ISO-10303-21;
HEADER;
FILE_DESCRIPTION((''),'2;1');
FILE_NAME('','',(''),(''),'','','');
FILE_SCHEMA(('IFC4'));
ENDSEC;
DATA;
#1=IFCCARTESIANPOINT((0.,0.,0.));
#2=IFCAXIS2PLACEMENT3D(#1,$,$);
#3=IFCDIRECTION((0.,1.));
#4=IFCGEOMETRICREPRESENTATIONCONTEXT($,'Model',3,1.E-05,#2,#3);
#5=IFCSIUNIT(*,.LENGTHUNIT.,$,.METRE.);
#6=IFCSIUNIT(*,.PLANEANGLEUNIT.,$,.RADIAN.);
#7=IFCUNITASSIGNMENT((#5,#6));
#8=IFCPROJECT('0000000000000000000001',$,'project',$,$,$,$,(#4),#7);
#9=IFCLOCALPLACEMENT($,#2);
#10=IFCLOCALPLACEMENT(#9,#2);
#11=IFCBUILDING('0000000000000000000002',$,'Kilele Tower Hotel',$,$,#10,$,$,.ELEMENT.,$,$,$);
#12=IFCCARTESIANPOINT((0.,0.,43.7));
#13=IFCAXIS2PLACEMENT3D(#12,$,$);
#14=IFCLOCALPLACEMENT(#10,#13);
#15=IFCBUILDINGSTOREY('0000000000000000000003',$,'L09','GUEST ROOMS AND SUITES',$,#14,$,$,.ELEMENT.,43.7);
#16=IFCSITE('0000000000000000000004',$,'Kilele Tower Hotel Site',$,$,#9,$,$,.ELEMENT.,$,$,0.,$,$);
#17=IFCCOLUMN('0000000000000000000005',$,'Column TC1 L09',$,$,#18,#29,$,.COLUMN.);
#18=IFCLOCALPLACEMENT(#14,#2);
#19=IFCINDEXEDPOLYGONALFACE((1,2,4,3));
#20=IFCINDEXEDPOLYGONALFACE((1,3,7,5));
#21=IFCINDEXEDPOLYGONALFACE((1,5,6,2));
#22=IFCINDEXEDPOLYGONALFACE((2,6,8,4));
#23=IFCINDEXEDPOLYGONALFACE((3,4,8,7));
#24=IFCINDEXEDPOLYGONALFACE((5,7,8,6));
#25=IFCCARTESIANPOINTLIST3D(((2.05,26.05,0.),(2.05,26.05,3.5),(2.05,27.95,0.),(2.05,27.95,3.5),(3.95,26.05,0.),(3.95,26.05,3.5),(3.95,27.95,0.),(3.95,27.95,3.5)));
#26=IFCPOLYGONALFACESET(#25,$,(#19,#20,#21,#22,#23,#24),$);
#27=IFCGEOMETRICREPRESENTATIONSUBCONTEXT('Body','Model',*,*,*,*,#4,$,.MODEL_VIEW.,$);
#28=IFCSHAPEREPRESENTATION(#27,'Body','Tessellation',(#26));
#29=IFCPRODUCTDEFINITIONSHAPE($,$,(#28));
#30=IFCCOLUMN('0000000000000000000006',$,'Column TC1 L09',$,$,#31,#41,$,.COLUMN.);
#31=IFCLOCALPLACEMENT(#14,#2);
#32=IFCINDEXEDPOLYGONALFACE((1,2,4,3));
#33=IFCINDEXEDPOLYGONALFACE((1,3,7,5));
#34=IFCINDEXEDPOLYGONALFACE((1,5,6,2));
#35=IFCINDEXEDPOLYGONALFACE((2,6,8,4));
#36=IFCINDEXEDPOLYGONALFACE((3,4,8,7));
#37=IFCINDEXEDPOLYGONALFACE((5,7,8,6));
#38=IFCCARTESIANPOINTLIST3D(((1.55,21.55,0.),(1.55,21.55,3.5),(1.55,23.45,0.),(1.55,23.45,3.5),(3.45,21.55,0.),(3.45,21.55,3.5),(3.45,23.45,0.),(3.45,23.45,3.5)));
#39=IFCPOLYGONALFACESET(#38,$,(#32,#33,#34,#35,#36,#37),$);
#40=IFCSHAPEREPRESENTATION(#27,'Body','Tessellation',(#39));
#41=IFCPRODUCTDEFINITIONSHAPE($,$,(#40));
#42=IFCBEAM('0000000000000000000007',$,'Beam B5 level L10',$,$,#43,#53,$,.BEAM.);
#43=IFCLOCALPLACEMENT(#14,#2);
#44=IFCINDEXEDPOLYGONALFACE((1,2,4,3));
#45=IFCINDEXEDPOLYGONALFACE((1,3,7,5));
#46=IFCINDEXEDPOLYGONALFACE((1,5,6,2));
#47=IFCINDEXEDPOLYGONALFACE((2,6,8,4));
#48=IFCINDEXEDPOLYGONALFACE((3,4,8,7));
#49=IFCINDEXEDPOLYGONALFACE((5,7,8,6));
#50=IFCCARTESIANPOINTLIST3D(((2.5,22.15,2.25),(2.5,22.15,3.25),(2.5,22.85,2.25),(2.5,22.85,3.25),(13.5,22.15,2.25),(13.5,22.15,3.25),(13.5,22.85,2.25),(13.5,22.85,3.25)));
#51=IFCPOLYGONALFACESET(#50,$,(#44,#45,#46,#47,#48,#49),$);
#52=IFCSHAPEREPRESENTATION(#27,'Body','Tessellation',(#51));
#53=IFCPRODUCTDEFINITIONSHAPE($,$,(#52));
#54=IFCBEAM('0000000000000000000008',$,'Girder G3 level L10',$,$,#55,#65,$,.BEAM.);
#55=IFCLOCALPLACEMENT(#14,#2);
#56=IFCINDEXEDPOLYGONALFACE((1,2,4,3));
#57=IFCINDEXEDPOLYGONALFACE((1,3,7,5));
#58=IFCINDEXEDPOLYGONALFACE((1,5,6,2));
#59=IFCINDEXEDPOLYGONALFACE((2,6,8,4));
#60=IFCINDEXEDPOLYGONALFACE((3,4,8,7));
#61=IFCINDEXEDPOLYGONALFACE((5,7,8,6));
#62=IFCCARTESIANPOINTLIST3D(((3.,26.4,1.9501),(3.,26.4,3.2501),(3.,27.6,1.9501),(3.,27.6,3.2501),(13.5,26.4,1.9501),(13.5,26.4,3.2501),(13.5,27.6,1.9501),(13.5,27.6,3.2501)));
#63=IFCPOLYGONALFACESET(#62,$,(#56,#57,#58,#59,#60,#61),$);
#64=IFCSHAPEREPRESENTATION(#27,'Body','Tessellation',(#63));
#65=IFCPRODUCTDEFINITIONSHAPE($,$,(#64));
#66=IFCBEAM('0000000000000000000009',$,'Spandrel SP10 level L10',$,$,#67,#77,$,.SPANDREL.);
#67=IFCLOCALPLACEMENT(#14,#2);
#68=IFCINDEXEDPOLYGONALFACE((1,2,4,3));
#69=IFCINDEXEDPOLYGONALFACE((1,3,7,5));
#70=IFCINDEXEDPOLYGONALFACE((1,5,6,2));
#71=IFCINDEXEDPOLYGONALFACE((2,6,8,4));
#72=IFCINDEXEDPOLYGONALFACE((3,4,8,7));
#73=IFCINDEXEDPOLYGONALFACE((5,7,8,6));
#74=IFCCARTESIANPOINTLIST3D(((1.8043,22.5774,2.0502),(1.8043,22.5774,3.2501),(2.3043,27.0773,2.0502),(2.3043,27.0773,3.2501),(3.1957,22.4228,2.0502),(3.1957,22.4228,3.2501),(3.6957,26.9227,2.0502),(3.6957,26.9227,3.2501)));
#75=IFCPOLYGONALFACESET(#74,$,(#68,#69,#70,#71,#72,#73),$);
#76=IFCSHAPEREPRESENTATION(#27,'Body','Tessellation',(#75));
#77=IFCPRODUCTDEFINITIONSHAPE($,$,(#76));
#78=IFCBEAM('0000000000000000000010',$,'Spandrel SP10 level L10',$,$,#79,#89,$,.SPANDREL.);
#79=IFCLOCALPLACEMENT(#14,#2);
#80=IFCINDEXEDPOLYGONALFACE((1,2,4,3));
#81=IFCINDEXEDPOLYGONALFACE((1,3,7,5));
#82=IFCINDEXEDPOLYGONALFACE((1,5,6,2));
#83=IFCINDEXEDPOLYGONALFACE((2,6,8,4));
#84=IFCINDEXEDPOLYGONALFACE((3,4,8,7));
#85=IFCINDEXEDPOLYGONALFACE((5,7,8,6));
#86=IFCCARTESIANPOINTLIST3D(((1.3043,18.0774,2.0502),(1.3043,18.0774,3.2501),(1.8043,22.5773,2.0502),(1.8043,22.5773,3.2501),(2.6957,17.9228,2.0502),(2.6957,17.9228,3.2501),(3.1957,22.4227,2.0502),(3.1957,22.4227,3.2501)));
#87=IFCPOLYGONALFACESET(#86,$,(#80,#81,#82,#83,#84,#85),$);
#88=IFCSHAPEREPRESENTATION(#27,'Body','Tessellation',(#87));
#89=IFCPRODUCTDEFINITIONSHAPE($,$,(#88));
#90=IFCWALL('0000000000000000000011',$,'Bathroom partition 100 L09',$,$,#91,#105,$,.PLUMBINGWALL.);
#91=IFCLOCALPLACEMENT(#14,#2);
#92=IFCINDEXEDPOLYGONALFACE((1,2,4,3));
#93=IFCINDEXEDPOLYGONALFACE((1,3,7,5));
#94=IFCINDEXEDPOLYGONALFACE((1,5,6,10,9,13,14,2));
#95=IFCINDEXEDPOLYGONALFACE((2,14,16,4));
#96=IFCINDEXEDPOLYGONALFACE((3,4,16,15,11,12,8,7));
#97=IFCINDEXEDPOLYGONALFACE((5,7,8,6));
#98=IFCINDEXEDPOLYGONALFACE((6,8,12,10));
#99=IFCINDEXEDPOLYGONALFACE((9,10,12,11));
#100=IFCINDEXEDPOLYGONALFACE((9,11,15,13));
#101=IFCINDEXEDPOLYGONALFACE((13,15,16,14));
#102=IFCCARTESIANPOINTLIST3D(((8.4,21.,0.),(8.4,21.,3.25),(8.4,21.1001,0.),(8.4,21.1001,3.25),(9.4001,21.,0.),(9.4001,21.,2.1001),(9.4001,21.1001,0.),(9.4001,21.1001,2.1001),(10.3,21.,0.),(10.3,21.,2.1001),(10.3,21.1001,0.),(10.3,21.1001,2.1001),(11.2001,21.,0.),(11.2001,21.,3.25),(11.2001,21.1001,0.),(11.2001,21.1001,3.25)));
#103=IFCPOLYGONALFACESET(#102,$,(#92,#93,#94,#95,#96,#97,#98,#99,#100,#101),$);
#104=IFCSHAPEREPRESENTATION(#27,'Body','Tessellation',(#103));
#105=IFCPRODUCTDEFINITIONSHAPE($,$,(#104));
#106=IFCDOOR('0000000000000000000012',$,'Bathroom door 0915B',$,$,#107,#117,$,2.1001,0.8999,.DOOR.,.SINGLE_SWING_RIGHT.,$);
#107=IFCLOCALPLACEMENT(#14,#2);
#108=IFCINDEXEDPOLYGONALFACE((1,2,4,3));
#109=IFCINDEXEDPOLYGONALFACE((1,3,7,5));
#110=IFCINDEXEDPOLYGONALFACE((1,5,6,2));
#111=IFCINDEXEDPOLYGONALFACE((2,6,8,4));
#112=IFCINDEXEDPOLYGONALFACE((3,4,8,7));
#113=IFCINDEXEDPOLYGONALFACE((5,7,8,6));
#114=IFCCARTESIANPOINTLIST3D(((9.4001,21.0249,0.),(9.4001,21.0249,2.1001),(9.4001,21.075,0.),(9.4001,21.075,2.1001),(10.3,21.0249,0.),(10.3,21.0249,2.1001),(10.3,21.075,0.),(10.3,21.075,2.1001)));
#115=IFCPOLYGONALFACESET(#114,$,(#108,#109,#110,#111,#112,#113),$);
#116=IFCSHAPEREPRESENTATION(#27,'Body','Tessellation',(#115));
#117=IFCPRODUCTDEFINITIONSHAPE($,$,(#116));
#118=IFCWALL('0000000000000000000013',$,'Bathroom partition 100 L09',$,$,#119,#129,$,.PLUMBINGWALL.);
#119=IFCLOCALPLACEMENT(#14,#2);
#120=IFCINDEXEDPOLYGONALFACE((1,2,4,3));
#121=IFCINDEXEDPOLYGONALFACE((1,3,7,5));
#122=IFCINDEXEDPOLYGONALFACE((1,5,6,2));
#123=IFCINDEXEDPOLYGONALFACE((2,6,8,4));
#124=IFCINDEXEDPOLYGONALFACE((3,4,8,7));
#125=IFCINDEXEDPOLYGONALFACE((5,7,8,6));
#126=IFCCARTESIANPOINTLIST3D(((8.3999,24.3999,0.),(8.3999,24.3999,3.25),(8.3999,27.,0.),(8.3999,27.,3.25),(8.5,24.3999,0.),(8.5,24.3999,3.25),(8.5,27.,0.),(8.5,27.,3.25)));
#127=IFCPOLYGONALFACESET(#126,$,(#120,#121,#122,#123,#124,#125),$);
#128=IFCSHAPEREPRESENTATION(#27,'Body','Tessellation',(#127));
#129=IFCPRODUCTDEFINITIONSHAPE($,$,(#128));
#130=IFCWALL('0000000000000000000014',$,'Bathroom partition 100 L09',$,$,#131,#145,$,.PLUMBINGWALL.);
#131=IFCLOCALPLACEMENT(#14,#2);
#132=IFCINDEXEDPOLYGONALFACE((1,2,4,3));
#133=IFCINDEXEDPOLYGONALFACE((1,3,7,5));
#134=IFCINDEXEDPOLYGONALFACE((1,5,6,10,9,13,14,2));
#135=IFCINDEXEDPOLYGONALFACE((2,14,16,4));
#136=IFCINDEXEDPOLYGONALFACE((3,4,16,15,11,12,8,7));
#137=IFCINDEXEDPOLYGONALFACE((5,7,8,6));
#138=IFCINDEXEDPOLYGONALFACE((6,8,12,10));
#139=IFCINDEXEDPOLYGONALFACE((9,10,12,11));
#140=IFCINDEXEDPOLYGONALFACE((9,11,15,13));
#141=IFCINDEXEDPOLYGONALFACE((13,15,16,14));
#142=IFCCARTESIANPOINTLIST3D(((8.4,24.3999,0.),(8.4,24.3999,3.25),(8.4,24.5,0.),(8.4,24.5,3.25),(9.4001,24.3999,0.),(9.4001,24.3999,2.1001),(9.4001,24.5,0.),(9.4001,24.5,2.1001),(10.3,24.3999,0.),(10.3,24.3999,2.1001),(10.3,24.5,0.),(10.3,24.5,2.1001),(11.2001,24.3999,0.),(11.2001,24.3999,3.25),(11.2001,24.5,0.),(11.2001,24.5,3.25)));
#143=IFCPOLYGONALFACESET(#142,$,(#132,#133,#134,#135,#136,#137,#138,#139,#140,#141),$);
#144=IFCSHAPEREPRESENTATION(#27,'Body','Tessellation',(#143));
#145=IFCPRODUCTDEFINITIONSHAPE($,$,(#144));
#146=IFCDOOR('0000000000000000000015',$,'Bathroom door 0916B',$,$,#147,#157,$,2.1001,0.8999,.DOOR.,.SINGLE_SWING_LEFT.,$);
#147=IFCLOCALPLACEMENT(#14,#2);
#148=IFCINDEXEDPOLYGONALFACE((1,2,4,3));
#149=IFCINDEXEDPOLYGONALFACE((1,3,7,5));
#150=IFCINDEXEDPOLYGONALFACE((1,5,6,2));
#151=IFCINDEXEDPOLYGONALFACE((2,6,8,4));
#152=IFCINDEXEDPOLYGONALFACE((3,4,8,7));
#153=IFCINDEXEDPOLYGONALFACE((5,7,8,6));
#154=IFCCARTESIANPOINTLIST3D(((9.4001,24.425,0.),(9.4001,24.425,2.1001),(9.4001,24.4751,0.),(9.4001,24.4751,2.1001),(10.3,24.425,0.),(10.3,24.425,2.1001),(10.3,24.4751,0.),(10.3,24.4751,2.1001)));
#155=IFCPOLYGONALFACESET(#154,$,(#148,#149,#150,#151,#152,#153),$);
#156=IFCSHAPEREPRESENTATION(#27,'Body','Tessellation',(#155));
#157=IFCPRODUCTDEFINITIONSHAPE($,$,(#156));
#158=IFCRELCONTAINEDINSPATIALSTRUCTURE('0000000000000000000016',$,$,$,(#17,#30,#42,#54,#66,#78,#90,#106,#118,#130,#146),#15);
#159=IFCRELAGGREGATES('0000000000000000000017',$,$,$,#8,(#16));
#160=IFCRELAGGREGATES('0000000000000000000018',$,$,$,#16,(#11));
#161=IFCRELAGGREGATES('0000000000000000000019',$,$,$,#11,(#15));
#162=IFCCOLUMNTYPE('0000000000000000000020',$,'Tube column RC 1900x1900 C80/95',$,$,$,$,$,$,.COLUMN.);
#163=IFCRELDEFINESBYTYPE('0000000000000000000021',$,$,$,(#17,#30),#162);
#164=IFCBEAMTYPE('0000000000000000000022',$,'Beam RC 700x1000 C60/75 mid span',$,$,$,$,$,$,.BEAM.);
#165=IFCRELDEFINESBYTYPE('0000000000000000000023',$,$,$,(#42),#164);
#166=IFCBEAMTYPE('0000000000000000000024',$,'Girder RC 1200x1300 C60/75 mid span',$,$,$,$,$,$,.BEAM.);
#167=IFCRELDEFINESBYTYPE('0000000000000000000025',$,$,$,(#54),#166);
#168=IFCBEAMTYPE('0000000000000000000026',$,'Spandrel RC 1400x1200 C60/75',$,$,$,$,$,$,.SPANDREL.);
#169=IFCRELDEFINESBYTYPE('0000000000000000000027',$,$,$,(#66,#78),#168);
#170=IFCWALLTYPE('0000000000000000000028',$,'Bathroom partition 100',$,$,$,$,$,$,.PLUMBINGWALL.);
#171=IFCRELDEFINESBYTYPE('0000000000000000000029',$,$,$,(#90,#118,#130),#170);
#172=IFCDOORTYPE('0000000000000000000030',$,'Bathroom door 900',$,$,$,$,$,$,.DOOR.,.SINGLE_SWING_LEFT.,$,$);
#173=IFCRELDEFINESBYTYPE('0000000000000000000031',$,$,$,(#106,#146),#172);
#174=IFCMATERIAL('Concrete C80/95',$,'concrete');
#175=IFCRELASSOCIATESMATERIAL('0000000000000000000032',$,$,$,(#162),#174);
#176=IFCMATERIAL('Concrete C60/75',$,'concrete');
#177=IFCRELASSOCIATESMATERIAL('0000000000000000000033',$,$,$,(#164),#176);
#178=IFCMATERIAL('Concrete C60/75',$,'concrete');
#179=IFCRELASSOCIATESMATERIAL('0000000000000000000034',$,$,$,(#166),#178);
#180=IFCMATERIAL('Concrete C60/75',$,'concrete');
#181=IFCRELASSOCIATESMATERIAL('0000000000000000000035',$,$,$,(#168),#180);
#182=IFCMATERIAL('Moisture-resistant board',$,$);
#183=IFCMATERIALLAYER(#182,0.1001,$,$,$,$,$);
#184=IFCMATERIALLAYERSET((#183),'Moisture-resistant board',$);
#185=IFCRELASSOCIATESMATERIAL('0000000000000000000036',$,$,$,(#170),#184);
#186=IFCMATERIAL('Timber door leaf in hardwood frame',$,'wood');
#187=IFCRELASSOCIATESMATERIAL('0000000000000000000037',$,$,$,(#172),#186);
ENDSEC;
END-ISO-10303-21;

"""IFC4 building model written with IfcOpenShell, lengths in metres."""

from ifc_helpers import new_model, si_unit, direction, frame, frame_2d, origin, origin_2d, place, context, subcontext, project, spatial, rectangle, extrude, material, layer, layer_set, material_profile, profile_set, type_object, element, fill, save


model = new_model("IFC4")

# Units and contexts
model_context = context("Model", 3, precision=1e-05, world=origin(), true_north=direction((0.0, 1.0)))
body_context = subcontext(model_context, "Body", "Model", "MODEL_VIEW")
ifc_project = project(units=[si_unit("LENGTHUNIT", "METRE"), si_unit("PLANEANGLEUNIT", "RADIAN")], contexts=[model_context])

# Site, building, storey
site_placement = place(None, origin())
site = spatial("IfcSite", under=ifc_project, at=site_placement, Name="Kilele Tower Hotel Site", CompositionType="ELEMENT", RefElevation=0.0)
building_placement = place(site_placement, origin())
building = spatial("IfcBuilding", under=site, at=building_placement, Name="Kilele Tower Hotel", CompositionType="ELEMENT")
storey_placement = place(building_placement, frame((0.0, 0.0, 43.7)))
storey = spatial("IfcBuildingStorey", under=building, at=storey_placement, Name="L09", Description="GUEST ROOMS AND SUITES", CompositionType="ELEMENT", Elevation=43.7)

# Columns
ifc_material_1 = material(Name="Concrete C80/95", Category="concrete")
ifc_material_profile_1 = material_profile(ifc_material_1, rectangle(XDim=1.8999, YDim=1.8999, at=origin_2d()))
ifc_profile_set_1 = profile_set([ifc_material_profile_1], Name="Concrete C80/95")
column_type = type_object("IfcColumnType", Name="Tube column RC 1900x1900 C80/95", PredefinedType="COLUMN", material=ifc_profile_set_1)
for number, where, z_axis, x_axis, name in (
    (1, (3.0, 27.0, 0.0), (0.0, 0.0, 1.0), (1.0, 0.0, 0.0), "Column TC1 L09"),
    (2, (2.5, 22.5, 0.0), (0.0, 0.0, 1.0), (1.0, 0.0, 0.0), "Column TC1 L09"),
):
    element("IfcColumn", number, at=place(storey_placement, frame(where, z_axis=z_axis, x_axis=x_axis)), inside=storey, type_object=column_type, Name=name, PredefinedType="COLUMN", context=body_context, shape_type="SweptSolid", body=[
        extrude(rectangle(XDim=1.8999, YDim=1.8999, at=origin_2d()), origin(), (0.0, 0.0, 1.0), 3.5),
    ])

# Beams
ifc_material_2 = material(Name="Concrete C60/75", Category="concrete")
ifc_material_profile_2 = material_profile(ifc_material_2, rectangle(XDim=0.7, YDim=1.0, at=origin_2d()))
ifc_profile_set_2 = profile_set([ifc_material_profile_2], Name="Concrete C60/75")
beam_type_1 = type_object("IfcBeamType", Name="Beam RC 700x1000 C60/75 mid span", PredefinedType="BEAM", material=ifc_profile_set_2)
beam_1_placement = place(storey_placement, frame((2.5, 22.5, 2.75), z_axis=(1.0, 0.0, 0.0), x_axis=(0.0, 1.0, 0.0)))
element("IfcBeam", 3, at=beam_1_placement, inside=storey, type_object=beam_type_1, Name="Beam B5 level L10", PredefinedType="BEAM", context=body_context, shape_type="SweptSolid", body=[
    extrude(rectangle(XDim=0.7, YDim=1.0, at=origin_2d()), origin(), (0.0, 0.0, 1.0), 11.0),
])
ifc_material_3 = material(Name="Concrete C60/75", Category="concrete")
ifc_material_profile_3 = material_profile(ifc_material_3, rectangle(XDim=1.2, YDim=1.3, at=origin_2d()))
ifc_profile_set_3 = profile_set([ifc_material_profile_3], Name="Concrete C60/75")
beam_type_2 = type_object("IfcBeamType", Name="Girder RC 1200x1300 C60/75 mid span", PredefinedType="BEAM", material=ifc_profile_set_3)
beam_2_placement = place(storey_placement, frame((3.0, 27.0, 2.6001), z_axis=(1.0, 0.0, 0.0), x_axis=(0.0, 1.0, 0.0)))
element("IfcBeam", 4, at=beam_2_placement, inside=storey, type_object=beam_type_2, Name="Girder G3 level L10", PredefinedType="BEAM", context=body_context, shape_type="SweptSolid", body=[
    extrude(rectangle(XDim=1.2, YDim=1.3, at=origin_2d()), origin(), (0.0, 0.0, 1.0), 10.5),
])
ifc_material_4 = material(Name="Concrete C60/75", Category="concrete")
ifc_material_profile_4 = material_profile(ifc_material_4, rectangle(XDim=1.3999, YDim=1.2, at=origin_2d()))
ifc_profile_set_4 = profile_set([ifc_material_profile_4], Name="Concrete C60/75")
beam_type_3 = type_object("IfcBeamType", Name="Spandrel RC 1400x1200 C60/75", PredefinedType="SPANDREL", material=ifc_profile_set_4)
for number, where, z_axis, x_axis, name in (
    (5, (3.0, 27.0, 2.6501), (-0.110432, -0.993884, 0.0), (0.993884, -0.110432, 0.0), "Spandrel SP10 level L10"),
    (6, (2.5, 22.5, 2.6501), (-0.110432, -0.993884, 0.0), (0.993884, -0.110432, 0.0), "Spandrel SP10 level L10"),
):
    element("IfcBeam", number, at=place(storey_placement, frame(where, z_axis=z_axis, x_axis=x_axis)), inside=storey, type_object=beam_type_3, Name=name, PredefinedType="SPANDREL", context=body_context, shape_type="SweptSolid", body=[
        extrude(rectangle(XDim=1.3999, YDim=1.2, at=origin_2d()), origin(), (0.0, 0.0, 1.0), 4.5276),
    ])

# Wall, opening, door
ifc_material_5 = material(Name="Moisture-resistant board")
ifc_layer_1 = layer(ifc_material_5, 0.1001)
ifc_layer_set_1 = layer_set([ifc_layer_1], Name="Moisture-resistant board")
wall_type_1 = type_object("IfcWallType", Name="Bathroom partition 100", PredefinedType="PLUMBINGWALL", material=ifc_layer_set_1)
wall_1_placement = place(storey_placement, frame((11.2, 21.05, 0.0), z_axis=(0.0, 0.0, 1.0), x_axis=(-1.0, 0.0, 0.0)))
wall_1 = element("IfcWall", 7, at=wall_1_placement, inside=storey, type_object=wall_type_1, Name="Bathroom partition 100 L09", PredefinedType="PLUMBINGWALL", context=body_context, shape_type="SweptSolid", body=[
    extrude(rectangle(XDim=2.8, YDim=0.1001, at=frame_2d((1.3999, 0.0))), origin(), (0.0, 0.0, 1.0), 3.25),
])
opening_1_placement = place(wall_1_placement, frame((1.7998, 0.0, 0.0), z_axis=(0.0, 0.0, 1.0), x_axis=(-1.0, 0.0, 0.0)))
opening_1 = element("IfcOpeningElement", 8, at=opening_1_placement, cuts=wall_1, PredefinedType="OPENING", context=body_context, shape_type="SweptSolid", body=[
    extrude(rectangle(XDim=0.8999, YDim=2.1001, at=frame_2d((0.45, 1.05))), frame((0.0, 0.0601, 0.0), z_axis=(0.0, -1.0, 0.0), x_axis=(1.0, 0.0, 0.0)), (0.0, 0.0, 1.0), 0.1201),
])
ifc_material_6 = material(Name="Timber door leaf in hardwood frame", Category="wood")
door_type_1 = type_object("IfcDoorType", Name="Bathroom door 900", OperationType="SINGLE_SWING_LEFT", PredefinedType="DOOR", material=ifc_material_6)
door_1_placement = place(opening_1_placement, origin())
door_1 = element("IfcDoor", 9, at=door_1_placement, inside=storey, type_object=door_type_1, Name="Bathroom door 0915B", OperationType="SINGLE_SWING_RIGHT", OverallHeight=2.1001, OverallWidth=0.8999, PredefinedType="DOOR", context=body_context, shape_type="SweptSolid", body=[
    extrude(rectangle(XDim=0.8999, YDim=2.1001, at=frame_2d((0.45, 1.05))), frame((0.0, 0.0249, 0.0), z_axis=(0.0, -1.0, 0.0), x_axis=(1.0, 0.0, 0.0)), (0.0, 0.0, 1.0), 0.05),
])
fill(opening_1, door_1)

# Wall
wall_2_placement = place(storey_placement, frame((8.45, 24.3999, 0.0), z_axis=(0.0, 0.0, 1.0), x_axis=(0.0, 1.0, 0.0)))
element("IfcWall", 10, at=wall_2_placement, inside=storey, type_object=wall_type_1, Name="Bathroom partition 100 L09", PredefinedType="PLUMBINGWALL", context=body_context, shape_type="SweptSolid", body=[
    extrude(rectangle(XDim=2.6001, YDim=0.1001, at=frame_2d((1.3, 0.0))), origin(), (0.0, 0.0, 1.0), 3.25),
])

# Wall, opening, door
wall_3_placement = place(storey_placement, frame((11.2, 24.45, 0.0), z_axis=(0.0, 0.0, 1.0), x_axis=(-1.0, 0.0, 0.0)))
wall_3 = element("IfcWall", 11, at=wall_3_placement, inside=storey, type_object=wall_type_1, Name="Bathroom partition 100 L09", PredefinedType="PLUMBINGWALL", context=body_context, shape_type="SweptSolid", body=[
    extrude(rectangle(XDim=2.8, YDim=0.1001, at=frame_2d((1.3999, 0.0))), origin(), (0.0, 0.0, 1.0), 3.25),
])
opening_2_placement = place(wall_3_placement, frame((0.8999, 0.0, 0.0)))
opening_2 = element("IfcOpeningElement", 12, at=opening_2_placement, cuts=wall_3, PredefinedType="OPENING", context=body_context, shape_type="SweptSolid", body=[
    extrude(rectangle(XDim=0.8999, YDim=2.1001, at=frame_2d((0.45, 1.05))), frame((0.0, 0.0601, 0.0), z_axis=(0.0, -1.0, 0.0), x_axis=(1.0, 0.0, 0.0)), (0.0, 0.0, 1.0), 0.1201),
])
door_2_placement = place(opening_2_placement, origin())
door_2 = element("IfcDoor", 13, at=door_2_placement, inside=storey, type_object=door_type_1, Name="Bathroom door 0916B", OperationType="SINGLE_SWING_LEFT", OverallHeight=2.1001, OverallWidth=0.8999, PredefinedType="DOOR", context=body_context, shape_type="SweptSolid", body=[
    extrude(rectangle(XDim=0.8999, YDim=2.1001, at=frame_2d((0.45, 1.05))), frame((0.0, 0.0249, 0.0), z_axis=(0.0, -1.0, 0.0), x_axis=(1.0, 0.0, 0.0)), (0.0, 0.0, 1.0), 0.05),
])
fill(opening_2, door_2)

save(model, "model.ifc")
